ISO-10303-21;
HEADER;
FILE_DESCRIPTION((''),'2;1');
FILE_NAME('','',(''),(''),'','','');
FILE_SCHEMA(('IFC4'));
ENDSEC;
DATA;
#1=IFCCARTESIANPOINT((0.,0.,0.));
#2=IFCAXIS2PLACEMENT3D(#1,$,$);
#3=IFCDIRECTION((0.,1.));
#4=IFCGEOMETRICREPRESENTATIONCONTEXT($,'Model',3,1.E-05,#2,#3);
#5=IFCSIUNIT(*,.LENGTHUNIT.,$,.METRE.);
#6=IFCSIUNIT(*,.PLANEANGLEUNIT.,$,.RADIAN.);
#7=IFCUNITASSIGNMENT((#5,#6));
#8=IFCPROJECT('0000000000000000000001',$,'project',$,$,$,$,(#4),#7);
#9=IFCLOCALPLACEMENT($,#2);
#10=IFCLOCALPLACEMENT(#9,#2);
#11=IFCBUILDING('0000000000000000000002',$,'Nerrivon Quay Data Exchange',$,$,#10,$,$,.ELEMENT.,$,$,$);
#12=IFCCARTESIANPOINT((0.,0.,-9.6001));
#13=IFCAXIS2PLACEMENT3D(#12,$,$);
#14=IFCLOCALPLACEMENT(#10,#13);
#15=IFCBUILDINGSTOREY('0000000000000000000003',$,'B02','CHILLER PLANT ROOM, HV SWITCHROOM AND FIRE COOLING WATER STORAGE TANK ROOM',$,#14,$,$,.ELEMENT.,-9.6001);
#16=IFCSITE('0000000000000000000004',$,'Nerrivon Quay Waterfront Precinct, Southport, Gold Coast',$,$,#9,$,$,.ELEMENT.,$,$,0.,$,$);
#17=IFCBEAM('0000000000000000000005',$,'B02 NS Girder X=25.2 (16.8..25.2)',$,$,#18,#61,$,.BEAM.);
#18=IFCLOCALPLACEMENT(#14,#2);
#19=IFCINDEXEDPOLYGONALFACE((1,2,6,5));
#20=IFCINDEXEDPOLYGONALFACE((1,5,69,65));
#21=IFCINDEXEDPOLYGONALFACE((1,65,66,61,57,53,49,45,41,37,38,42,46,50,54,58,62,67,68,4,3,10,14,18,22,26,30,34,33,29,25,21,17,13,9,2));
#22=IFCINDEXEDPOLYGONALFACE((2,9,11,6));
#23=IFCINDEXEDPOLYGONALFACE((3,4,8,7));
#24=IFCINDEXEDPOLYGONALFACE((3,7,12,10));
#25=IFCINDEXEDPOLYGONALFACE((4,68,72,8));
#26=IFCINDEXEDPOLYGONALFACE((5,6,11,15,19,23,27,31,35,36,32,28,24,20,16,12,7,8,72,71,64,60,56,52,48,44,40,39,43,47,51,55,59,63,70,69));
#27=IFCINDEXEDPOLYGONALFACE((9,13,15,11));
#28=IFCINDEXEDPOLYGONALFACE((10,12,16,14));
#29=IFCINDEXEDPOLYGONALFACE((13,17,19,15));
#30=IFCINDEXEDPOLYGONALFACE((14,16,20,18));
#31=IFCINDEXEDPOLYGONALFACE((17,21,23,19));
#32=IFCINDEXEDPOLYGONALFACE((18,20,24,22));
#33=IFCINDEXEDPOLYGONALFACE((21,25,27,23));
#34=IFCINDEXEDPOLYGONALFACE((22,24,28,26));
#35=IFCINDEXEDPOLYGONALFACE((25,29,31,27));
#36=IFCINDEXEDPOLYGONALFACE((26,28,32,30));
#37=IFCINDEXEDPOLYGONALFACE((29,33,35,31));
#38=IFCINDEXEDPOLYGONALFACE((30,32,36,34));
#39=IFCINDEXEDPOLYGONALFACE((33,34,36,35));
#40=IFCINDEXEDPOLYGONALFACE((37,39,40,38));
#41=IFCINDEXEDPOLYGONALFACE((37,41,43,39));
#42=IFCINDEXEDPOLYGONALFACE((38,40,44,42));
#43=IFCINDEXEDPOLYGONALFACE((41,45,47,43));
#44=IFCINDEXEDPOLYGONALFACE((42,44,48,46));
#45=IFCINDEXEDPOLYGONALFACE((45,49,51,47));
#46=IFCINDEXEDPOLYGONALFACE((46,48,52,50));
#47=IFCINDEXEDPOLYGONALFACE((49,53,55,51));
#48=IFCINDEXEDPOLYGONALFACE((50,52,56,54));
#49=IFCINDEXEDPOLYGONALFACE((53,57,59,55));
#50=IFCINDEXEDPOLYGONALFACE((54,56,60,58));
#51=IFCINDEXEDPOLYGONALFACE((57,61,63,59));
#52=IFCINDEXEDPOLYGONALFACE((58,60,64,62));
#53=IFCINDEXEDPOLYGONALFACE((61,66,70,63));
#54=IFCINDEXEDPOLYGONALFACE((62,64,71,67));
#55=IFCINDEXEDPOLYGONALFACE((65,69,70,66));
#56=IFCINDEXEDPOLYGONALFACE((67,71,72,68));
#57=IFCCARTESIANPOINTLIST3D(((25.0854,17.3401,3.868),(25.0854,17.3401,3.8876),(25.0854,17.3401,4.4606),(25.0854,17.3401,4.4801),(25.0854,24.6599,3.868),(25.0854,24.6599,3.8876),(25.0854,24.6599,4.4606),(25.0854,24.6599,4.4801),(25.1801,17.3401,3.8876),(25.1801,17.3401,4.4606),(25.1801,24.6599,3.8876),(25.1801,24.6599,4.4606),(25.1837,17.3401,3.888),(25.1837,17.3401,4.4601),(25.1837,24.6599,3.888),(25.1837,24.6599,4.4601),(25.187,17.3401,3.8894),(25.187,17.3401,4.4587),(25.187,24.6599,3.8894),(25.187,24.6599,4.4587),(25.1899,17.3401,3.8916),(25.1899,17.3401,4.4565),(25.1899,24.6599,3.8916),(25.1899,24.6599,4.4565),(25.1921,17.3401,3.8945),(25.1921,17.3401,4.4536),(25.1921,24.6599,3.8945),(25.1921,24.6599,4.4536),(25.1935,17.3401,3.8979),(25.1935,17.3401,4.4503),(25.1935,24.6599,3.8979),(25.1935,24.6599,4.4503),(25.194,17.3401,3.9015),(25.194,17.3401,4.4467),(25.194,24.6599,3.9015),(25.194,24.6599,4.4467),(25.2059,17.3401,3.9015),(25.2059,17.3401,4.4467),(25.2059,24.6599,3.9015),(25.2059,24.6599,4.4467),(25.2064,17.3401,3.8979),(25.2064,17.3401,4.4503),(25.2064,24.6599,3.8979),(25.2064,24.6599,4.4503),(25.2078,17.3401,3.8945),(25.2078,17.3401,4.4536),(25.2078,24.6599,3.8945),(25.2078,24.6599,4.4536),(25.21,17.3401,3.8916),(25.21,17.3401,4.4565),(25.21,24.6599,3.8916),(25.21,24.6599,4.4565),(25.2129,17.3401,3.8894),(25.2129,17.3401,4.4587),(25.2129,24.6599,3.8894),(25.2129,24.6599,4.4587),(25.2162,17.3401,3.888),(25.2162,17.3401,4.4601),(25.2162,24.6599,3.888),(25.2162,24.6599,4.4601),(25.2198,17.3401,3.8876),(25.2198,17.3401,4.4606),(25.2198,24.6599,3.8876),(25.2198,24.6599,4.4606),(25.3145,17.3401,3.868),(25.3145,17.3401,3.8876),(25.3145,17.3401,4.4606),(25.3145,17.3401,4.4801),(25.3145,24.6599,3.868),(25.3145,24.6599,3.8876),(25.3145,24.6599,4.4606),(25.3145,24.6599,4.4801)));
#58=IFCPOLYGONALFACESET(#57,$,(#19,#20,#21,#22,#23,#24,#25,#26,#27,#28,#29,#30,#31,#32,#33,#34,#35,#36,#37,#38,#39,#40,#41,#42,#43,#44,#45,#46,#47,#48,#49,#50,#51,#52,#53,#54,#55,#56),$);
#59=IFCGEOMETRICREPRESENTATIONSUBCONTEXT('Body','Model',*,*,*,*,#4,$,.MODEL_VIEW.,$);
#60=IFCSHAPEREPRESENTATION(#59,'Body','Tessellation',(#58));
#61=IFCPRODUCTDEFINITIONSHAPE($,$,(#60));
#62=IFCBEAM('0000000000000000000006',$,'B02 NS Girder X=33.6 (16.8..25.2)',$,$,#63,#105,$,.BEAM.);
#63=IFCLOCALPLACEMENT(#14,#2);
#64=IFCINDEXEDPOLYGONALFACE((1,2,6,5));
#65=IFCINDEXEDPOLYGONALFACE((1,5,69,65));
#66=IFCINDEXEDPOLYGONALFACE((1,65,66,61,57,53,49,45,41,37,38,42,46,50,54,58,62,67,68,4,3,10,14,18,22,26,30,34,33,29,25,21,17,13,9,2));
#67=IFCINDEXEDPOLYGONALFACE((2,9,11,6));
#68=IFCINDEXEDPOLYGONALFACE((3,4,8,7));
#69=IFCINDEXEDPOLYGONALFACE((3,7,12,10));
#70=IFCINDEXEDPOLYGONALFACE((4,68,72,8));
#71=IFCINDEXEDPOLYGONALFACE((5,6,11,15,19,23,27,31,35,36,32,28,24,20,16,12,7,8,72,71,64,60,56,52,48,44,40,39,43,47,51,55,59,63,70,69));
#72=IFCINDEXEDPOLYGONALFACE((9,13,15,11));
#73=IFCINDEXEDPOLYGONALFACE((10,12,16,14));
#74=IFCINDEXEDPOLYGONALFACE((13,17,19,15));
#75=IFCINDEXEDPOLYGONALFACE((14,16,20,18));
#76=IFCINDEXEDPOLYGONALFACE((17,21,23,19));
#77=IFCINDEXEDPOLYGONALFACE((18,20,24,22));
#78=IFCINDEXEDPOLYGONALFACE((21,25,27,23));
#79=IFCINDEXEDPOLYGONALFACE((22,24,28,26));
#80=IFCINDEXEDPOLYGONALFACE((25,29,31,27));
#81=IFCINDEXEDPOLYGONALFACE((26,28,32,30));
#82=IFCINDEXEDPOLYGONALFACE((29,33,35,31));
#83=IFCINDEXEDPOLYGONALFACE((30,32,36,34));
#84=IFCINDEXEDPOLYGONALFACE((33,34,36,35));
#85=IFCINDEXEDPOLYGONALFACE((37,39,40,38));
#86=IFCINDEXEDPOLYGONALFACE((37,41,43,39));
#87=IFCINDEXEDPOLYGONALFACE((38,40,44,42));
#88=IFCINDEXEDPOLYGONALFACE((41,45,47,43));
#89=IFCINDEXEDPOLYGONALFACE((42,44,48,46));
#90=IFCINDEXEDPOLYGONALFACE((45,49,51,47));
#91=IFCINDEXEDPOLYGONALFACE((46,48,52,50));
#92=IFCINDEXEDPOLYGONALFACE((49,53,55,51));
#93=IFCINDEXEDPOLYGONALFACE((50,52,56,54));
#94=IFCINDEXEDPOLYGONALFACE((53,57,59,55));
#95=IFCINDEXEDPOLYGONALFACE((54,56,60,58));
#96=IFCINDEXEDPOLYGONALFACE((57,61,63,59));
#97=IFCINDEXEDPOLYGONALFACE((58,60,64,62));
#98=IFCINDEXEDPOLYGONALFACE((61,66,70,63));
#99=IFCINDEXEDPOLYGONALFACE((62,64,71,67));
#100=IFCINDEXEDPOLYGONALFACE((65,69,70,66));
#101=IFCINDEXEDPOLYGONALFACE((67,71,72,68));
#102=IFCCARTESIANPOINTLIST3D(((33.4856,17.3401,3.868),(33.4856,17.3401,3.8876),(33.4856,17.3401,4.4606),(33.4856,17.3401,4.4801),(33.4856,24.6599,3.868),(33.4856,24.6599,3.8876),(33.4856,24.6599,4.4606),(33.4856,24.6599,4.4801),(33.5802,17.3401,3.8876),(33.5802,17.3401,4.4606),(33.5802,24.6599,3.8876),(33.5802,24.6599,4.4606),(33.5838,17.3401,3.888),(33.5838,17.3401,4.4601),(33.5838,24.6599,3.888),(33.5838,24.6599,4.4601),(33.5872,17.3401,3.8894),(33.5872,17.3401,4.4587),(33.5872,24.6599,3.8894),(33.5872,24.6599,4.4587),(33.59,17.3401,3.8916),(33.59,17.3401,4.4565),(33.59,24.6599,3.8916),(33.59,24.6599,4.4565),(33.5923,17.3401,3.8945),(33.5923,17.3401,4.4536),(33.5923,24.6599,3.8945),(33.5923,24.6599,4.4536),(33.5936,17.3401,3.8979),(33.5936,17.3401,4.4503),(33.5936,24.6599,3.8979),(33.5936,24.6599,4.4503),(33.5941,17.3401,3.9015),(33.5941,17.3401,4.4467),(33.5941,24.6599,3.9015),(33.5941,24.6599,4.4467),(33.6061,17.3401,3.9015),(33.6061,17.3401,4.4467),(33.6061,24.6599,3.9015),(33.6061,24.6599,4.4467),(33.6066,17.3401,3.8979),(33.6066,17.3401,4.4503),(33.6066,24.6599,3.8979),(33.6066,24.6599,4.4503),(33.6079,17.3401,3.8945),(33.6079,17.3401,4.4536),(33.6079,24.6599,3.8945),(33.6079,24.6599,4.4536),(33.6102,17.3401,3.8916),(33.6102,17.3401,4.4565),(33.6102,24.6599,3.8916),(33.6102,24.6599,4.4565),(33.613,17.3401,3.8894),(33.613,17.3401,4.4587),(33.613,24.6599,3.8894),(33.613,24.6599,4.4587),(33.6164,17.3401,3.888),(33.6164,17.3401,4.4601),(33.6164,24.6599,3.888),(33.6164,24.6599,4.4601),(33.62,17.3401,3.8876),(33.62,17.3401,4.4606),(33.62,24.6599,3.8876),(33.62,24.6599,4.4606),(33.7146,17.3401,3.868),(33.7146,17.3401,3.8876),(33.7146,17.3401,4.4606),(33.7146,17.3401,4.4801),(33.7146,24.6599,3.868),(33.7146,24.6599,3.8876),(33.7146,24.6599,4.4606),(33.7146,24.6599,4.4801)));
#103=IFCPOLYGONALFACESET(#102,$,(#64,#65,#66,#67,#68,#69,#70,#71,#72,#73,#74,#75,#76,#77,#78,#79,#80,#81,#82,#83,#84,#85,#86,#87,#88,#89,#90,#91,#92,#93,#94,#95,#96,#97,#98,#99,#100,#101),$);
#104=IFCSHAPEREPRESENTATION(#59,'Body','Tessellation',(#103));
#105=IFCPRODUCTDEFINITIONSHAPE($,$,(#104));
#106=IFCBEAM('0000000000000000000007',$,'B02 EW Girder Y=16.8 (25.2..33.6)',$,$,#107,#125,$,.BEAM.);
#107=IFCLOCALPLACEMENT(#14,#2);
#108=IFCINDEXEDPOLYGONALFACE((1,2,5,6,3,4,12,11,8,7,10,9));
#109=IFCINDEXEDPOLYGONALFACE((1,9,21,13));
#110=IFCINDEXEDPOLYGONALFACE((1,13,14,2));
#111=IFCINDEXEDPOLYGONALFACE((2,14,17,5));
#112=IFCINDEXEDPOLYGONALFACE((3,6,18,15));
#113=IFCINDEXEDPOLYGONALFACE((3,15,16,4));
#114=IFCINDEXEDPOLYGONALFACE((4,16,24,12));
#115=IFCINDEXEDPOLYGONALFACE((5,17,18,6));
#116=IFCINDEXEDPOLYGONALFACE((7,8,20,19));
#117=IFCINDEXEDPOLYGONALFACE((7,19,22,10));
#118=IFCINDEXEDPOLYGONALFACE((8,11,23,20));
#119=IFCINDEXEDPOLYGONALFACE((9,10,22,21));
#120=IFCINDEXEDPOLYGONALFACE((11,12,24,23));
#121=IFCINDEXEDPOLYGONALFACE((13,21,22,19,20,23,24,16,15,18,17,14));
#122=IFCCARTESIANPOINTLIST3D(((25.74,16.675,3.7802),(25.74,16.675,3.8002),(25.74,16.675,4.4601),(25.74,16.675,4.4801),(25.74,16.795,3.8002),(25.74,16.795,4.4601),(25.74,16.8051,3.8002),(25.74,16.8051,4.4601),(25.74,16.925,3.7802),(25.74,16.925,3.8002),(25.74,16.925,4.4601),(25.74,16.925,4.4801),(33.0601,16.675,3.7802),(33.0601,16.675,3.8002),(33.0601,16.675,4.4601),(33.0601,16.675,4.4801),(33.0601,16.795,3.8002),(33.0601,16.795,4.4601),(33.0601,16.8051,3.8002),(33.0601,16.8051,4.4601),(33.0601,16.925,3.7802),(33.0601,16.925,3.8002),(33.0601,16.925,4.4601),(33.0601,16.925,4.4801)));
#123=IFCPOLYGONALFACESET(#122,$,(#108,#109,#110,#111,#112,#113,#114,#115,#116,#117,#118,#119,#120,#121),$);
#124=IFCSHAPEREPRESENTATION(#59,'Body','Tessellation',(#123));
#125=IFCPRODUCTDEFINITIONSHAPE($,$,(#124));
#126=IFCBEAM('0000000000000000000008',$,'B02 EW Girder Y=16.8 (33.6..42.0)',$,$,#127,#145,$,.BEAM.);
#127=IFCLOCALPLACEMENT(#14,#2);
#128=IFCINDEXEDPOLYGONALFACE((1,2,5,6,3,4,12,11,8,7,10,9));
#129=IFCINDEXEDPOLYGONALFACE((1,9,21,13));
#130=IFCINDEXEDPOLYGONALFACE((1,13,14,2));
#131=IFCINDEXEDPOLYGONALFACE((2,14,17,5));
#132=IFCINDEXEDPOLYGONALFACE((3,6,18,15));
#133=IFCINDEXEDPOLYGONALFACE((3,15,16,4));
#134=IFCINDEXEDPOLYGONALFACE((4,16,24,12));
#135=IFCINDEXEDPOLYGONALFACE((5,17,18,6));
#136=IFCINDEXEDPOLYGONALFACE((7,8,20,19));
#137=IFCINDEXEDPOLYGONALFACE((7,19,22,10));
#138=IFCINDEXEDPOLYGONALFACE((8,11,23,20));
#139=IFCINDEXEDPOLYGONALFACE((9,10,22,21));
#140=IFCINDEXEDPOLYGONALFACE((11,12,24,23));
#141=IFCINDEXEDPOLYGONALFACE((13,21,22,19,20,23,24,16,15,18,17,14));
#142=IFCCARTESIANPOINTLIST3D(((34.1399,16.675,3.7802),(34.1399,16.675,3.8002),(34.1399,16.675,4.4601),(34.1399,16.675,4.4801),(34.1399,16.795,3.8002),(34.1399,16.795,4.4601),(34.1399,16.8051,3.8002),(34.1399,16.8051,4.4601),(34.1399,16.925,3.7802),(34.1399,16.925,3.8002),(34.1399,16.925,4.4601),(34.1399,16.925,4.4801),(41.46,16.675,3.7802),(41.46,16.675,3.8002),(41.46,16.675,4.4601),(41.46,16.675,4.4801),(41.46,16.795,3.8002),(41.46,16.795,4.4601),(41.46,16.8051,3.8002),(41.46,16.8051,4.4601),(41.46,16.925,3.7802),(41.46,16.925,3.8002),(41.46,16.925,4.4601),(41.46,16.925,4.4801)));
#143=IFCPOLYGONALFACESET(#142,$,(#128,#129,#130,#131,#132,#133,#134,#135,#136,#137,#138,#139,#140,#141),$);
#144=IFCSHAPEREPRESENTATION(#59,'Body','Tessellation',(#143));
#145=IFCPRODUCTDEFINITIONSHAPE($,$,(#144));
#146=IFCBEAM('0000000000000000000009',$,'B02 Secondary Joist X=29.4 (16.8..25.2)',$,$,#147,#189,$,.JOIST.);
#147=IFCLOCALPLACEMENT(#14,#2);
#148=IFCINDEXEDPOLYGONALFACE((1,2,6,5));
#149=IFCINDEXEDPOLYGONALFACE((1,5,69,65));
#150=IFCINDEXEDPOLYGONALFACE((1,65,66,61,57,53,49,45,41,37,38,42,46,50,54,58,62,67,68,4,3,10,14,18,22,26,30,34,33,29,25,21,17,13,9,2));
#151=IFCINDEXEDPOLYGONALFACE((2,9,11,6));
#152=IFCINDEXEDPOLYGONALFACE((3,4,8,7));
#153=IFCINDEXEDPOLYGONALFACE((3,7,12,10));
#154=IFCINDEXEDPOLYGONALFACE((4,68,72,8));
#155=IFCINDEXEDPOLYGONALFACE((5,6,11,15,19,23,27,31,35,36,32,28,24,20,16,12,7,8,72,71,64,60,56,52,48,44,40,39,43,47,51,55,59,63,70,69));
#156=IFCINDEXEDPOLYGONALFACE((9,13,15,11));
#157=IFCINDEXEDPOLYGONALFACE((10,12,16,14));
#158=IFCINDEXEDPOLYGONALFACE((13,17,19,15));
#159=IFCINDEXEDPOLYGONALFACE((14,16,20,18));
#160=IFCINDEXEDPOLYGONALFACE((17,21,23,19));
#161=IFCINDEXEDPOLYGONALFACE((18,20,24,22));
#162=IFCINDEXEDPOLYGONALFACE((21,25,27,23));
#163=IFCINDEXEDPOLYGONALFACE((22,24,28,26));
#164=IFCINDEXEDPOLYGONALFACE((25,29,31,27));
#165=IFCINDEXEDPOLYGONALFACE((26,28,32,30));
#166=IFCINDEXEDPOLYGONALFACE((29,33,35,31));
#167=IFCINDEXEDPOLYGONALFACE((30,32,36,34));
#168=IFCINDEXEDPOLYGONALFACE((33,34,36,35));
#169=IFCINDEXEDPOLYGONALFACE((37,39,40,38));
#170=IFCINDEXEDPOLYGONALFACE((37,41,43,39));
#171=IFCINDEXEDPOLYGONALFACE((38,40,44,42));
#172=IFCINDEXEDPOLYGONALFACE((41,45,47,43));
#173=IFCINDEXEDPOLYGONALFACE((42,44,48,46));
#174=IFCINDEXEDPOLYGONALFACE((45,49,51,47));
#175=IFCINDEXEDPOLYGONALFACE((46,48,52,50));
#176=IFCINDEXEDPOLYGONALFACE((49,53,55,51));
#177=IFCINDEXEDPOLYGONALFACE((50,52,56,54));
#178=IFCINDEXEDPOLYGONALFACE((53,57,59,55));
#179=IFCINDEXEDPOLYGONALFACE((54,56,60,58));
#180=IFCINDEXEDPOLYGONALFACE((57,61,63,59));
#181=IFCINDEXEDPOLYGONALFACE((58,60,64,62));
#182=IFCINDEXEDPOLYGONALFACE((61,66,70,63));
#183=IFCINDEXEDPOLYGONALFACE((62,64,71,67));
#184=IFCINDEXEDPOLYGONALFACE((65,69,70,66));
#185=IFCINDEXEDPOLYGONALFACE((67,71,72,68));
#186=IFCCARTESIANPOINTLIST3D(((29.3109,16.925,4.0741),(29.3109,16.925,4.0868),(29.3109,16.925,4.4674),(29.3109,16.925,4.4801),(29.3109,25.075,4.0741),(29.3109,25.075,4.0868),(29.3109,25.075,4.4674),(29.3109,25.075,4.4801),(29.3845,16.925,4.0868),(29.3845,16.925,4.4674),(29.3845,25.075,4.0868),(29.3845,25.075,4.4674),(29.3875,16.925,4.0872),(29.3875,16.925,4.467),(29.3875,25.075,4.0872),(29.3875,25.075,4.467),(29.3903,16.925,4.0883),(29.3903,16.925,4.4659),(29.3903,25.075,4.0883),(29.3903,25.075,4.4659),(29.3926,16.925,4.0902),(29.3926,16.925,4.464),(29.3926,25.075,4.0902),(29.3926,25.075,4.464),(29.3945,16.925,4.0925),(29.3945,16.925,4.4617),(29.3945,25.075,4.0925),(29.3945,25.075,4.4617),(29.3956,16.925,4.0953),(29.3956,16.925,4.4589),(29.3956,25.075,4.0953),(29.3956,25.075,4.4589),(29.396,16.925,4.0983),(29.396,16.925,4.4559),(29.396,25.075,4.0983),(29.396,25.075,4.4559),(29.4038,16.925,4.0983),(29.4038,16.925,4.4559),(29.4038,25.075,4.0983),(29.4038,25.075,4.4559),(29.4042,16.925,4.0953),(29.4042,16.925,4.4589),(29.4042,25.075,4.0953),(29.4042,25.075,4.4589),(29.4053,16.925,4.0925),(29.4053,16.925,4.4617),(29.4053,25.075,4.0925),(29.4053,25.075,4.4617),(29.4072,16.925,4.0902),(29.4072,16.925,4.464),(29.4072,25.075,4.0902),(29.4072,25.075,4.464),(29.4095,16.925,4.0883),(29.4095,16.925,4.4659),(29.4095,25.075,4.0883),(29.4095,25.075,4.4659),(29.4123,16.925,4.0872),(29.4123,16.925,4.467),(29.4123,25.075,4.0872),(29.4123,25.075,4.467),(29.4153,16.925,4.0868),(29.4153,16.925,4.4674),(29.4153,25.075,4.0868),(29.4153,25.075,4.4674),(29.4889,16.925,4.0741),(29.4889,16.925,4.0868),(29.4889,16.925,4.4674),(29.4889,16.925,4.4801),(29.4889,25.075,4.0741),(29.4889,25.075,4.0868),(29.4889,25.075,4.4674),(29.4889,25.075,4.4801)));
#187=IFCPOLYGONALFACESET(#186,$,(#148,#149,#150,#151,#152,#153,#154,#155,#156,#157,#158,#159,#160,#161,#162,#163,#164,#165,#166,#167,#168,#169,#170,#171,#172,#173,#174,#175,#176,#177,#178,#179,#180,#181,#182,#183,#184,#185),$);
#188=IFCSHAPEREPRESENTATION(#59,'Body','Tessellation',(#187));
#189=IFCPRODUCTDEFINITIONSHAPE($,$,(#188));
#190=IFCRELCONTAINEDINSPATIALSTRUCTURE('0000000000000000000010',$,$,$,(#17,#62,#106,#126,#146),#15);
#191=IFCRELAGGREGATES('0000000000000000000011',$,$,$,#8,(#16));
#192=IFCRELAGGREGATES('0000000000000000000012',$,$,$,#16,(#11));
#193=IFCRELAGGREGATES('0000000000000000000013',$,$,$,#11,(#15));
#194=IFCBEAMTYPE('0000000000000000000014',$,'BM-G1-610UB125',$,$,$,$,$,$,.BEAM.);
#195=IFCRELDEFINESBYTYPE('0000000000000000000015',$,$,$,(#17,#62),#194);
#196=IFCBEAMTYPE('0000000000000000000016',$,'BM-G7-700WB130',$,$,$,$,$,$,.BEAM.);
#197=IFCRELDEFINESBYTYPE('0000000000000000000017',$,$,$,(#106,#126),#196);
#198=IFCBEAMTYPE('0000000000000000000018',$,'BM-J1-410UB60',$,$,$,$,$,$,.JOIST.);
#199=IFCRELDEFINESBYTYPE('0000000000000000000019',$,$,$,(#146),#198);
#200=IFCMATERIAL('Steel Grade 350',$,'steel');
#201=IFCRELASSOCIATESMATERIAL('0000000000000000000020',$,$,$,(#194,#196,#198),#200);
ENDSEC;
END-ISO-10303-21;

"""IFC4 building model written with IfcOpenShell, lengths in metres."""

from ifc_helpers import new_model, si_unit, direction, frame, origin, origin_2d, place, context, subcontext, project, spatial, i_section, extrude, material, material_profile, profile_set, type_object, element, save


model = new_model("IFC4")

# Units and contexts
model_context = context("Model", 3, precision=1e-05, world=origin(), true_north=direction((0.0, 1.0)))
body_context = subcontext(model_context, "Body", "Model", "MODEL_VIEW")
ifc_project = project(units=[si_unit("LENGTHUNIT", "METRE"), si_unit("PLANEANGLEUNIT", "RADIAN")], contexts=[model_context])

# Site, building, storey
site_placement = place(None, origin())
site = spatial("IfcSite", under=ifc_project, at=site_placement, Name="Nerrivon Quay Waterfront Precinct, Southport, Gold Coast", CompositionType="ELEMENT", RefElevation=0.0)
building_placement = place(site_placement, origin())
building = spatial("IfcBuilding", under=site, at=building_placement, Name="Nerrivon Quay Data Exchange", CompositionType="ELEMENT")
storey_placement = place(building_placement, frame((0.0, 0.0, -9.6001)))
storey = spatial("IfcBuildingStorey", under=building, at=storey_placement, Name="B02", Description="CHILLER PLANT ROOM, HV SWITCHROOM AND FIRE COOLING WATER STORAGE TANK ROOM", CompositionType="ELEMENT", Elevation=-9.6001)

# Beams
ifc_material_1 = material(Name="Steel Grade 350", Category="steel")
ifc_material_profile_1 = material_profile(ifc_material_1, i_section(OverallWidth=0.229, OverallDepth=0.6121, WebThickness=0.012, FlangeThickness=0.0195, FilletRadius=0.0139, at=origin_2d()), Name="610UB125")
ifc_profile_set_1 = profile_set([ifc_material_profile_1], Name="Steel Grade 350")
beam_type_1 = type_object("IfcBeamType", Name="BM-G1-610UB125", PredefinedType="BEAM", material=ifc_profile_set_1)
for number, where, z_axis, x_axis, name in (
    (1, (25.2, 17.3401, 4.1741), (0.0, 1.0, 0.0), (-1.0, 0.0, 0.0), "B02 NS Girder X=25.2 (16.8..25.2)"),
    (2, (33.6001, 17.3401, 4.1741), (0.0, 1.0, 0.0), (-1.0, 0.0, 0.0), "B02 NS Girder X=33.6 (16.8..25.2)"),
):
    element("IfcBeam", number, at=place(storey_placement, frame(where, z_axis=z_axis, x_axis=x_axis)), inside=storey, type_object=beam_type_1, Name=name, PredefinedType="BEAM", context=body_context, shape_type="SweptSolid", body=[
        extrude(i_section(OverallWidth=0.229, OverallDepth=0.6121, WebThickness=0.012, FlangeThickness=0.0195, FilletRadius=0.0139, at=origin_2d()), origin(), (0.0, 0.0, 1.0), 7.3198),
    ])
ifc_material_profile_2 = material_profile(ifc_material_1, i_section(OverallWidth=0.25, OverallDepth=0.7, WebThickness=0.01, FlangeThickness=0.02, at=origin_2d()), Name="700WB130")
ifc_profile_set_2 = profile_set([ifc_material_profile_2], Name="Steel Grade 350")
beam_type_2 = type_object("IfcBeamType", Name="BM-G7-700WB130", PredefinedType="BEAM", material=ifc_profile_set_2)
for number, where, z_axis, x_axis, name in (
    (3, (25.74, 16.8, 4.1301), (1.0, 0.0, 0.0), (0.0, 1.0, 0.0), "B02 EW Girder Y=16.8 (25.2..33.6)"),
    (4, (34.1399, 16.8, 4.1301), (1.0, 0.0, 0.0), (0.0, 1.0, 0.0), "B02 EW Girder Y=16.8 (33.6..42.0)"),
):
    element("IfcBeam", number, at=place(storey_placement, frame(where, z_axis=z_axis, x_axis=x_axis)), inside=storey, type_object=beam_type_2, Name=name, PredefinedType="BEAM", context=body_context, shape_type="SweptSolid", body=[
        extrude(i_section(OverallWidth=0.25, OverallDepth=0.7, WebThickness=0.01, FlangeThickness=0.02, at=origin_2d()), origin(), (0.0, 0.0, 1.0), 7.3201),
    ])
ifc_material_profile_3 = material_profile(ifc_material_1, i_section(OverallWidth=0.178, OverallDepth=0.406, WebThickness=0.0078, FlangeThickness=0.0127, FilletRadius=0.0115, at=origin_2d()), Name="410UB59.7")
ifc_profile_set_3 = profile_set([ifc_material_profile_3], Name="Steel Grade 350")
beam_type_3 = type_object("IfcBeamType", Name="BM-J1-410UB60", PredefinedType="JOIST", material=ifc_profile_set_3)
beam_placement = place(storey_placement, frame((29.3999, 16.925, 4.2771), z_axis=(0.0, 1.0, 0.0), x_axis=(-1.0, 0.0, 0.0)))
element("IfcBeam", 5, at=beam_placement, inside=storey, type_object=beam_type_3, Name="B02 Secondary Joist X=29.4 (16.8..25.2)", PredefinedType="JOIST", context=body_context, shape_type="SweptSolid", body=[
    extrude(i_section(OverallWidth=0.178, OverallDepth=0.406, WebThickness=0.0078, FlangeThickness=0.0127, FilletRadius=0.0115, at=origin_2d()), origin(), (0.0, 0.0, 1.0), 8.1499),
])

save(model, "model.ifc")
